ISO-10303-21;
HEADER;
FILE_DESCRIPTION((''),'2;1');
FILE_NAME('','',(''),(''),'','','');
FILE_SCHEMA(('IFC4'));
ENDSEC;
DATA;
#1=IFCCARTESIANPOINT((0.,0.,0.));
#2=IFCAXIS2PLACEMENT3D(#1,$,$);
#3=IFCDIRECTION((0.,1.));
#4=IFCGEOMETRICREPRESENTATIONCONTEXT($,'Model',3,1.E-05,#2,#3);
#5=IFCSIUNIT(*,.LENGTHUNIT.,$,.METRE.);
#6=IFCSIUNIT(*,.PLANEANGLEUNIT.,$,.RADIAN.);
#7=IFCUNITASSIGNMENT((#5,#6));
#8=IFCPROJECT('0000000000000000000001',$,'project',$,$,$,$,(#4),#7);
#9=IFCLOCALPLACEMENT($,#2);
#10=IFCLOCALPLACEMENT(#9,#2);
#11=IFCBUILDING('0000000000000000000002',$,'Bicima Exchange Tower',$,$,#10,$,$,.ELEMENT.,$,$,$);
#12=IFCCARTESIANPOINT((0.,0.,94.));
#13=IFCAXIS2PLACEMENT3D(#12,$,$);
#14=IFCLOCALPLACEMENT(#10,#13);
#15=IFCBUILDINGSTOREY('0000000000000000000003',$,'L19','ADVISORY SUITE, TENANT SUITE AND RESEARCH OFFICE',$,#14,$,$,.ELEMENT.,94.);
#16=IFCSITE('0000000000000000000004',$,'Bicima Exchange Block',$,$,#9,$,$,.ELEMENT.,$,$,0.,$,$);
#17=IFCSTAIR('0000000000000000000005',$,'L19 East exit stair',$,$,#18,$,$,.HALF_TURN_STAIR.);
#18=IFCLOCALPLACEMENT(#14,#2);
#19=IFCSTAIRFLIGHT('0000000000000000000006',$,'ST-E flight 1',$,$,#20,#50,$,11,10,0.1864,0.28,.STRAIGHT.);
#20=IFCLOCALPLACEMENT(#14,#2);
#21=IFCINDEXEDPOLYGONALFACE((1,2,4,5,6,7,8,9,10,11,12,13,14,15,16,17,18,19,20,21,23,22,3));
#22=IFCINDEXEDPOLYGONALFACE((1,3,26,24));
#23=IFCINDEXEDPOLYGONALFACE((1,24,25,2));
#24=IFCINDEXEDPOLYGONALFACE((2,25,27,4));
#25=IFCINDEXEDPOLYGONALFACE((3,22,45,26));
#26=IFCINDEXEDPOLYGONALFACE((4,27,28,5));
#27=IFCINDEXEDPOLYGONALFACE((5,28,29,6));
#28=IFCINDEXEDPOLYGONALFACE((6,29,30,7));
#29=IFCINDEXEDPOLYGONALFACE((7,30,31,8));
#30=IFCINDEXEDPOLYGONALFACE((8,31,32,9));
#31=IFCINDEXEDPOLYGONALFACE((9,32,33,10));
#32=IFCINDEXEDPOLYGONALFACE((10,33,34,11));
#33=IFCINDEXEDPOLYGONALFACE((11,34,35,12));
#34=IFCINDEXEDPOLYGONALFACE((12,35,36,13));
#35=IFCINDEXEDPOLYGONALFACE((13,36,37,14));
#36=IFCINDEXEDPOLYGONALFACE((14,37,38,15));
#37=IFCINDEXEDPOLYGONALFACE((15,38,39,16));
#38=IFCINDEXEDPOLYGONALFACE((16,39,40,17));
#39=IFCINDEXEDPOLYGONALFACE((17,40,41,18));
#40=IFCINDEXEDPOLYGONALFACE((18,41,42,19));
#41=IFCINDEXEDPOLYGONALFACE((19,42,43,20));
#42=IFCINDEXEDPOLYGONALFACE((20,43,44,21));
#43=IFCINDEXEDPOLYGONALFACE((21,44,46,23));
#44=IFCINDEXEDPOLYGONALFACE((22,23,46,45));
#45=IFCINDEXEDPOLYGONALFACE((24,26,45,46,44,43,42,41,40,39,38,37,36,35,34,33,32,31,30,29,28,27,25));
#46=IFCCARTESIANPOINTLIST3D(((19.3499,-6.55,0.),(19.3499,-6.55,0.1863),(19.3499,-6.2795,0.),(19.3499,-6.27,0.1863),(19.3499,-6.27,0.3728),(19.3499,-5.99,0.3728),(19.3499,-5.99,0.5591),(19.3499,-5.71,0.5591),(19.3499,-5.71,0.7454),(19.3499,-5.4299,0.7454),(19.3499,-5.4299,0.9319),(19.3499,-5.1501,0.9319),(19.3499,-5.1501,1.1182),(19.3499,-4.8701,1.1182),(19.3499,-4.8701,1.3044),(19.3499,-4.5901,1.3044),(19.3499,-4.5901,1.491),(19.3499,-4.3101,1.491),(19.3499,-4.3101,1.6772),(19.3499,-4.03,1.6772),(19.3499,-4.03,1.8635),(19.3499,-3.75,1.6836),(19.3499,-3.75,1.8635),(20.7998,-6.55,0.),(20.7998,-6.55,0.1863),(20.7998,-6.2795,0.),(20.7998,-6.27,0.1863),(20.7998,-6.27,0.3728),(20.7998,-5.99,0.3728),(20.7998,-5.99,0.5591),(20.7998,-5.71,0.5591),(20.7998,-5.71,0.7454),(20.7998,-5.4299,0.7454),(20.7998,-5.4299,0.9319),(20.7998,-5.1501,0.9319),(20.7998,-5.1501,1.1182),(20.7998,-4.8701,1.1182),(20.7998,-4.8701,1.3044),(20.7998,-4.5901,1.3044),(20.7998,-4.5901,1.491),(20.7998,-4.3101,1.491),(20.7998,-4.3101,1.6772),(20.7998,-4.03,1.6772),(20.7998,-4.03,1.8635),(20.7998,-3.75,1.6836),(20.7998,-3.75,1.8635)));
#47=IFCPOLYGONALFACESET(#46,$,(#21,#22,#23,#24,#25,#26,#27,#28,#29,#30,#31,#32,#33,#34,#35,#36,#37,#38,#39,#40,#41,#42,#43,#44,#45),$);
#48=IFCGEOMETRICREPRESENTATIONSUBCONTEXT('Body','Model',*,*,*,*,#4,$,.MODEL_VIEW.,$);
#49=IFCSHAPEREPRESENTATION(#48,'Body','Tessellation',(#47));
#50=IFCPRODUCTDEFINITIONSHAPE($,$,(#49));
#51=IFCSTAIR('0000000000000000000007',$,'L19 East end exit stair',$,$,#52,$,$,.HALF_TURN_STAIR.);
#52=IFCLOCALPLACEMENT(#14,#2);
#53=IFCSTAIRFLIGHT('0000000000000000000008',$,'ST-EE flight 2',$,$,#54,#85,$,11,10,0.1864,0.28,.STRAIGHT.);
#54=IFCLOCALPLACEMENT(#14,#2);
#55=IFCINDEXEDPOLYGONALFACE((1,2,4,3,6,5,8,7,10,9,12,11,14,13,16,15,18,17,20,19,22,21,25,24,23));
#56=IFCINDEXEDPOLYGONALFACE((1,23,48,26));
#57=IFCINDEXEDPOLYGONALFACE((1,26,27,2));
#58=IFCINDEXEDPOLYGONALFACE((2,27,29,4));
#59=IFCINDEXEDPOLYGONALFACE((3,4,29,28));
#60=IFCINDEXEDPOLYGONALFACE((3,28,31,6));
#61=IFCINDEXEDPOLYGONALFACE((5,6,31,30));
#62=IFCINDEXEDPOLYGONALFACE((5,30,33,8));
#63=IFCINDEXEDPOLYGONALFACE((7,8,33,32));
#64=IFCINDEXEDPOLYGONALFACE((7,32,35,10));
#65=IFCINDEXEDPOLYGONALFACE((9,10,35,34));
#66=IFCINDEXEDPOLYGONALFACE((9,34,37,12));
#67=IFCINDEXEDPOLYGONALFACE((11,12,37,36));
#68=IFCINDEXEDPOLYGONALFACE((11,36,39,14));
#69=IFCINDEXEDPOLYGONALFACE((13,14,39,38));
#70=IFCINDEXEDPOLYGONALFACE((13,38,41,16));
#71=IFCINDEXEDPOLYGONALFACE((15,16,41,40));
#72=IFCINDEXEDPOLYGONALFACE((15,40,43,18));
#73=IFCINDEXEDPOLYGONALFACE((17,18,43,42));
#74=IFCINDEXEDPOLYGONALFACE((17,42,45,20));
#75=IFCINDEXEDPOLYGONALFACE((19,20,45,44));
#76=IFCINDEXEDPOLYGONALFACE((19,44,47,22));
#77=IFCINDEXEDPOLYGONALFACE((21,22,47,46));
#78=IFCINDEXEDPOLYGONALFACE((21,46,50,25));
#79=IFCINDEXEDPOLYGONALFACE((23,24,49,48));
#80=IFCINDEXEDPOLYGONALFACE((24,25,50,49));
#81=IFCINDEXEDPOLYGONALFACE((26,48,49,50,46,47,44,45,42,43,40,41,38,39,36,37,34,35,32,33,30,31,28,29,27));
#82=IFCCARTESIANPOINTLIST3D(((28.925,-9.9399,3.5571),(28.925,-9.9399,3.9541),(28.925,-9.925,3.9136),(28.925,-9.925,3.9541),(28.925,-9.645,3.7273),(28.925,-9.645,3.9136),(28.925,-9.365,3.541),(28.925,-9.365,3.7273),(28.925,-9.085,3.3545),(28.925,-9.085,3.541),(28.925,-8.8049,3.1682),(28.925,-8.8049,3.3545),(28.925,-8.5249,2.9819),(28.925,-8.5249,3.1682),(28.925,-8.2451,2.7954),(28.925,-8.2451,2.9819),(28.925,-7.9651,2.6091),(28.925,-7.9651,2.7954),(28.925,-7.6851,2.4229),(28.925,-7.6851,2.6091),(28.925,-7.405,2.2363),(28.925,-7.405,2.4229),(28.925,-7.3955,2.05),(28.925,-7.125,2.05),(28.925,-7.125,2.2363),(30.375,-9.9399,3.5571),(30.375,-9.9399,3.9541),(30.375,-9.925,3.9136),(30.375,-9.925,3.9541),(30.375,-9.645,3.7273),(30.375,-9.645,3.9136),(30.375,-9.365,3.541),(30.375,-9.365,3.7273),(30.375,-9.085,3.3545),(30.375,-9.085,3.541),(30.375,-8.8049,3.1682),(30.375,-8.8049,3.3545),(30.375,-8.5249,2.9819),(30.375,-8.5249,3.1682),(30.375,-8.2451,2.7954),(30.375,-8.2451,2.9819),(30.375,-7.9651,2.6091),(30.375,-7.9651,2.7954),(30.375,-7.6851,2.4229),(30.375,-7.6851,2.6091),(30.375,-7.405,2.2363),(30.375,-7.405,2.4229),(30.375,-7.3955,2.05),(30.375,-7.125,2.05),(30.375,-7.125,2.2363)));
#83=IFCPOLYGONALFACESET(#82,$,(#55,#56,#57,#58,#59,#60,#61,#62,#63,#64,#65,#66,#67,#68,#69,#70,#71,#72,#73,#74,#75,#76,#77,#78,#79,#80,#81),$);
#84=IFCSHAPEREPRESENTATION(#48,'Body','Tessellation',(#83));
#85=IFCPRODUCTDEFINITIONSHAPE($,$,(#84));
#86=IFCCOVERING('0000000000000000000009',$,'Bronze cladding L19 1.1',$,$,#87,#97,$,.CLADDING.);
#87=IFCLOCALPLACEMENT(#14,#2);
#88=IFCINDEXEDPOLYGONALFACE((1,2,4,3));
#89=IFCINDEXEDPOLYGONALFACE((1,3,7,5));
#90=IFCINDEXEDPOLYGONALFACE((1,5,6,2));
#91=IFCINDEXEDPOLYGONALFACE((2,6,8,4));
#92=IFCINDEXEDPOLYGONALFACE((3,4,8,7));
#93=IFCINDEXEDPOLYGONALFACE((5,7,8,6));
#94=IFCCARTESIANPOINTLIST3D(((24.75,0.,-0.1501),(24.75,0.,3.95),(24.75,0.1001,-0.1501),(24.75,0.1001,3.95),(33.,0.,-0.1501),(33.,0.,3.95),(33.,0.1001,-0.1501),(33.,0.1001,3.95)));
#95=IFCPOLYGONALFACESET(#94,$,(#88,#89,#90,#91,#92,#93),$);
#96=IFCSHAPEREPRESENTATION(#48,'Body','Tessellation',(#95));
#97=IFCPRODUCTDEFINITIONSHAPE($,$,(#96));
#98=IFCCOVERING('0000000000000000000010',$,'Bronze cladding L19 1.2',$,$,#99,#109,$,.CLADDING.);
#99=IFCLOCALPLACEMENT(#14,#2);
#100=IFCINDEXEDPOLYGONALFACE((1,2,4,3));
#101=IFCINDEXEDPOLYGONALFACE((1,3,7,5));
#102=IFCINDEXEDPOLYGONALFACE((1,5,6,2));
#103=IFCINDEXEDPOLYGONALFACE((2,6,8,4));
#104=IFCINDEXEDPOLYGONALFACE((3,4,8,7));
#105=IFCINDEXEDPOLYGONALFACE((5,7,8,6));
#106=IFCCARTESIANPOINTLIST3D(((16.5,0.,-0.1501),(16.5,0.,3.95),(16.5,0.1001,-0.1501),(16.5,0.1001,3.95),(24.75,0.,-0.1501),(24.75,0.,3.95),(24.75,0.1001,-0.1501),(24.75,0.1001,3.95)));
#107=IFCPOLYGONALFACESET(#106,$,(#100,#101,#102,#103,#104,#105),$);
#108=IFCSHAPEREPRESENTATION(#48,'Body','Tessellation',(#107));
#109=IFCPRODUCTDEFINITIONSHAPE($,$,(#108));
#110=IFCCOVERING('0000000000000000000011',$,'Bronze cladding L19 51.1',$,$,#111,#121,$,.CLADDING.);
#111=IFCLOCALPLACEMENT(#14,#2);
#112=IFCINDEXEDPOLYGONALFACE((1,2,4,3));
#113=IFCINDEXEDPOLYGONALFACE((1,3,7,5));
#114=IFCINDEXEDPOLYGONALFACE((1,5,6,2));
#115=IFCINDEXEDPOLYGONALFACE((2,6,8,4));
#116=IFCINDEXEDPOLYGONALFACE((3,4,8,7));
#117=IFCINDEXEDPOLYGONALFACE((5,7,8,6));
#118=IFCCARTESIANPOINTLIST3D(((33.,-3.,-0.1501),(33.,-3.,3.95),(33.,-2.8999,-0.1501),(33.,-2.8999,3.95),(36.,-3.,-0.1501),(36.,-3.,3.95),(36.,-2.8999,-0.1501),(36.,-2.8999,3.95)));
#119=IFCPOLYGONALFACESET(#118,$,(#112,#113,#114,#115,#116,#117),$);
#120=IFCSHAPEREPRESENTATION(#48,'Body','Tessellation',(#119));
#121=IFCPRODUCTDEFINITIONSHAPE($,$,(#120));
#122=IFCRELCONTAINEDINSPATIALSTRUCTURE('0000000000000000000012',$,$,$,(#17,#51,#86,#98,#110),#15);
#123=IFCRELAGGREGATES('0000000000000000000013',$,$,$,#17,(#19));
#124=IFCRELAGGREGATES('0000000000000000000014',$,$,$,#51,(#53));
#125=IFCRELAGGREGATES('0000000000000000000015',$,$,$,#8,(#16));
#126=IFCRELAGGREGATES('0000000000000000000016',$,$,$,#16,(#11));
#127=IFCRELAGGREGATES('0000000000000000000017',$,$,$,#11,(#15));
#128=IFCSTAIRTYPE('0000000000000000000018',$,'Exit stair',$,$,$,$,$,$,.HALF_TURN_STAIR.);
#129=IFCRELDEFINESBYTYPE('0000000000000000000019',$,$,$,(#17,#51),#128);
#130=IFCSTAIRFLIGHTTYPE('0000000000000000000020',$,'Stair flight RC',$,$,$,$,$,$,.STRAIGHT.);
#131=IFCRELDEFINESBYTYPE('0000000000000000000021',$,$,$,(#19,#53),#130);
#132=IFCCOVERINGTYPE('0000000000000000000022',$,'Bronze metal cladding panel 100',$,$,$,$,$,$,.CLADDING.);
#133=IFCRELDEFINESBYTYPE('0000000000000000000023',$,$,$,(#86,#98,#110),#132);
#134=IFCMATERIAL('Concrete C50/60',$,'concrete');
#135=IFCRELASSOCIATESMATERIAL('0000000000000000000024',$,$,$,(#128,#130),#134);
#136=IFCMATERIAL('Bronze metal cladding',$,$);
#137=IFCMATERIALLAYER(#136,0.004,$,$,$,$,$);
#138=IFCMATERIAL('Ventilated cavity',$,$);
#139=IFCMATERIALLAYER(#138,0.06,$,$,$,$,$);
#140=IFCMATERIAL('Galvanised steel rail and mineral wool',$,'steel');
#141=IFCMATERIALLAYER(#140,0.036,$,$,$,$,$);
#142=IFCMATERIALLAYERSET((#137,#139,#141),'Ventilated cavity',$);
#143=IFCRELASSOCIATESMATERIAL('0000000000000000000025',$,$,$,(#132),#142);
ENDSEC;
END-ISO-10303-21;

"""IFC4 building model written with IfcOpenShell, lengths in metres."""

from ifc_helpers import new_model, si_unit, direction, frame, origin, origin_2d, place, context, subcontext, project, spatial, polyline, rectangle, outline, extrude, material, layer, layer_set, type_object, element, aggregate, save


model = new_model("IFC4")

# Units and contexts
model_context = context("Model", 3, precision=1e-05, world=origin(), true_north=direction((0.0, 1.0)))
body_context = subcontext(model_context, "Body", "Model", "MODEL_VIEW")
ifc_project = project(units=[si_unit("LENGTHUNIT", "METRE"), si_unit("PLANEANGLEUNIT", "RADIAN")], contexts=[model_context])

# Site, building, storey
site_placement = place(None, origin())
site = spatial("IfcSite", under=ifc_project, at=site_placement, Name="Bicima Exchange Block", CompositionType="ELEMENT", RefElevation=0.0)
building_placement = place(site_placement, origin())
building = spatial("IfcBuilding", under=site, at=building_placement, Name="Bicima Exchange Tower", CompositionType="ELEMENT")
storey_placement = place(building_placement, frame((0.0, 0.0, 94.0)))
storey = spatial("IfcBuildingStorey", under=building, at=storey_placement, Name="L19", Description="ADVISORY SUITE, TENANT SUITE AND RESEARCH OFFICE", CompositionType="ELEMENT", Elevation=94.0)

# Shared definitions
ifc_material_1 = material(Name="Concrete C50/60", Category="concrete")

# Stairs, stair flights
stair_type = type_object("IfcStairType", Name="Exit stair", PredefinedType="HALF_TURN_STAIR", material=ifc_material_1)
stair_1_placement = place(storey_placement, origin())
stair_1 = element("IfcStair", 1, at=stair_1_placement, inside=storey, type_object=stair_type, Name="L19 East exit stair", PredefinedType="HALF_TURN_STAIR")
stair_flight_type = type_object("IfcStairFlightType", Name="Stair flight RC", PredefinedType="STRAIGHT", material=ifc_material_1)
stair_flight_1_placement = place(storey_placement, frame((20.075, -6.55, 0.0), z_axis=(0.0, 0.0, 1.0), x_axis=(0.0, 1.0, 0.0)))
stair_flight_1 = element("IfcStairFlight", 2, at=stair_flight_1_placement, type_object=stair_flight_type, Name="ST-E flight 1", NumberOfRisers=11, NumberOfTreads=10, PredefinedType="STRAIGHT", RiserHeight=0.1864, TreadLength=0.28, context=body_context, shape_type="SweptSolid", body=[
    extrude(outline(polyline([(0.0, 0.0), (0.0, 0.1863), (0.28, 0.1863), (0.28, 0.3728), (0.5601, 0.3728), (0.5601, 0.5591), (0.8401, 0.5591), (0.8401, 0.7454), (1.1201, 0.7454), (1.1201, 0.9319), (1.3999, 0.9319), (1.3999, 1.1182), (1.6799, 1.1182), (1.6799, 1.3044), (1.96, 1.3044), (1.96, 1.491), (2.24, 1.491), (2.24, 1.6772), (2.52, 1.6772), (2.52, 1.8635), (2.8, 1.8635), (2.8, 2.05), (2.8, 1.6836), (0.2705, 0.0), (0.0, 0.0)])), frame((0.0, 0.7251, 0.0), z_axis=(0.0, -1.0, 0.0), x_axis=(1.0, 0.0, 0.0)), (0.0, 0.0, 1.0), 1.45),
])
aggregate(stair_1, [stair_flight_1])
stair_2_placement = place(storey_placement, origin())
stair_2 = element("IfcStair", 3, at=stair_2_placement, inside=storey, type_object=stair_type, Name="L19 East end exit stair", PredefinedType="HALF_TURN_STAIR")
stair_flight_2_placement = place(storey_placement, frame((29.6499, -7.125, 2.05), z_axis=(0.0, 0.0, 1.0), x_axis=(0.0, -1.0, 0.0)))
stair_flight_2 = element("IfcStairFlight", 4, at=stair_flight_2_placement, type_object=stair_flight_type, Name="ST-EE flight 2", NumberOfRisers=11, NumberOfTreads=10, PredefinedType="STRAIGHT", RiserHeight=0.1864, TreadLength=0.28, context=body_context, shape_type="SweptSolid", body=[
    extrude(outline(polyline([(0.0, 0.0), (0.0, 0.1863), (0.28, 0.1863), (0.28, 0.3728), (0.5601, 0.3728), (0.5601, 0.5591), (0.8401, 0.5591), (0.8401, 0.7454), (1.1201, 0.7454), (1.1201, 0.9319), (1.3999, 0.9319), (1.3999, 1.1182), (1.6799, 1.1182), (1.6799, 1.3044), (1.96, 1.3044), (1.96, 1.491), (2.24, 1.491), (2.24, 1.6772), (2.52, 1.6772), (2.52, 1.8635), (2.8, 1.8635), (2.8, 1.9041), (2.8149, 1.9041), (2.8149, 1.5071), (0.2705, 0.0), (0.0, 0.0)])), frame((0.0, 0.7251, 0.0), z_axis=(0.0, -1.0, 0.0), x_axis=(1.0, 0.0, 0.0)), (0.0, 0.0, 1.0), 1.45),
])
aggregate(stair_2, [stair_flight_2])

# Coverings
ifc_material_2 = material(Name="Bronze metal cladding")
ifc_layer_1 = layer(ifc_material_2, 0.004)
ifc_material_3 = material(Name="Ventilated cavity")
ifc_layer_2 = layer(ifc_material_3, 0.06)
ifc_material_4 = material(Name="Galvanised steel rail and mineral wool", Category="steel")
ifc_layer_3 = layer(ifc_material_4, 0.036)
ifc_layer_set_1 = layer_set([ifc_layer_1, ifc_layer_2, ifc_layer_3], Name="Ventilated cavity")
covering_type = type_object("IfcCoveringType", Name="Bronze metal cladding panel 100", PredefinedType="CLADDING", material=ifc_layer_set_1)
for number, where, z_axis, x_axis, name in (
    (5, (28.875, 0.05, -0.1501), (0.0, 0.0, 1.0), (-1.0, 0.0, 0.0), "Bronze cladding L19 1.1"),
    (6, (20.625, 0.05, -0.1501), (0.0, 0.0, 1.0), (-1.0, 0.0, 0.0), "Bronze cladding L19 1.2"),
):
    element("IfcCovering", number, at=place(storey_placement, frame(where, z_axis=z_axis, x_axis=x_axis)), inside=storey, type_object=covering_type, Name=name, PredefinedType="CLADDING", context=body_context, shape_type="SweptSolid", body=[
        extrude(rectangle(XDim=8.25, YDim=0.1001, at=origin_2d()), origin(), (0.0, 0.0, 1.0), 4.1001),
    ])
covering_placement = place(storey_placement, frame((34.5, -2.95, -0.1501), z_axis=(0.0, 0.0, 1.0), x_axis=(-1.0, 0.0, 0.0)))
element("IfcCovering", 7, at=covering_placement, inside=storey, type_object=covering_type, Name="Bronze cladding L19 51.1", PredefinedType="CLADDING", context=body_context, shape_type="SweptSolid", body=[
    extrude(rectangle(XDim=3.0, YDim=0.1001, at=origin_2d()), origin(), (0.0, 0.0, 1.0), 4.1001),
])

save(model, "model.ifc")
